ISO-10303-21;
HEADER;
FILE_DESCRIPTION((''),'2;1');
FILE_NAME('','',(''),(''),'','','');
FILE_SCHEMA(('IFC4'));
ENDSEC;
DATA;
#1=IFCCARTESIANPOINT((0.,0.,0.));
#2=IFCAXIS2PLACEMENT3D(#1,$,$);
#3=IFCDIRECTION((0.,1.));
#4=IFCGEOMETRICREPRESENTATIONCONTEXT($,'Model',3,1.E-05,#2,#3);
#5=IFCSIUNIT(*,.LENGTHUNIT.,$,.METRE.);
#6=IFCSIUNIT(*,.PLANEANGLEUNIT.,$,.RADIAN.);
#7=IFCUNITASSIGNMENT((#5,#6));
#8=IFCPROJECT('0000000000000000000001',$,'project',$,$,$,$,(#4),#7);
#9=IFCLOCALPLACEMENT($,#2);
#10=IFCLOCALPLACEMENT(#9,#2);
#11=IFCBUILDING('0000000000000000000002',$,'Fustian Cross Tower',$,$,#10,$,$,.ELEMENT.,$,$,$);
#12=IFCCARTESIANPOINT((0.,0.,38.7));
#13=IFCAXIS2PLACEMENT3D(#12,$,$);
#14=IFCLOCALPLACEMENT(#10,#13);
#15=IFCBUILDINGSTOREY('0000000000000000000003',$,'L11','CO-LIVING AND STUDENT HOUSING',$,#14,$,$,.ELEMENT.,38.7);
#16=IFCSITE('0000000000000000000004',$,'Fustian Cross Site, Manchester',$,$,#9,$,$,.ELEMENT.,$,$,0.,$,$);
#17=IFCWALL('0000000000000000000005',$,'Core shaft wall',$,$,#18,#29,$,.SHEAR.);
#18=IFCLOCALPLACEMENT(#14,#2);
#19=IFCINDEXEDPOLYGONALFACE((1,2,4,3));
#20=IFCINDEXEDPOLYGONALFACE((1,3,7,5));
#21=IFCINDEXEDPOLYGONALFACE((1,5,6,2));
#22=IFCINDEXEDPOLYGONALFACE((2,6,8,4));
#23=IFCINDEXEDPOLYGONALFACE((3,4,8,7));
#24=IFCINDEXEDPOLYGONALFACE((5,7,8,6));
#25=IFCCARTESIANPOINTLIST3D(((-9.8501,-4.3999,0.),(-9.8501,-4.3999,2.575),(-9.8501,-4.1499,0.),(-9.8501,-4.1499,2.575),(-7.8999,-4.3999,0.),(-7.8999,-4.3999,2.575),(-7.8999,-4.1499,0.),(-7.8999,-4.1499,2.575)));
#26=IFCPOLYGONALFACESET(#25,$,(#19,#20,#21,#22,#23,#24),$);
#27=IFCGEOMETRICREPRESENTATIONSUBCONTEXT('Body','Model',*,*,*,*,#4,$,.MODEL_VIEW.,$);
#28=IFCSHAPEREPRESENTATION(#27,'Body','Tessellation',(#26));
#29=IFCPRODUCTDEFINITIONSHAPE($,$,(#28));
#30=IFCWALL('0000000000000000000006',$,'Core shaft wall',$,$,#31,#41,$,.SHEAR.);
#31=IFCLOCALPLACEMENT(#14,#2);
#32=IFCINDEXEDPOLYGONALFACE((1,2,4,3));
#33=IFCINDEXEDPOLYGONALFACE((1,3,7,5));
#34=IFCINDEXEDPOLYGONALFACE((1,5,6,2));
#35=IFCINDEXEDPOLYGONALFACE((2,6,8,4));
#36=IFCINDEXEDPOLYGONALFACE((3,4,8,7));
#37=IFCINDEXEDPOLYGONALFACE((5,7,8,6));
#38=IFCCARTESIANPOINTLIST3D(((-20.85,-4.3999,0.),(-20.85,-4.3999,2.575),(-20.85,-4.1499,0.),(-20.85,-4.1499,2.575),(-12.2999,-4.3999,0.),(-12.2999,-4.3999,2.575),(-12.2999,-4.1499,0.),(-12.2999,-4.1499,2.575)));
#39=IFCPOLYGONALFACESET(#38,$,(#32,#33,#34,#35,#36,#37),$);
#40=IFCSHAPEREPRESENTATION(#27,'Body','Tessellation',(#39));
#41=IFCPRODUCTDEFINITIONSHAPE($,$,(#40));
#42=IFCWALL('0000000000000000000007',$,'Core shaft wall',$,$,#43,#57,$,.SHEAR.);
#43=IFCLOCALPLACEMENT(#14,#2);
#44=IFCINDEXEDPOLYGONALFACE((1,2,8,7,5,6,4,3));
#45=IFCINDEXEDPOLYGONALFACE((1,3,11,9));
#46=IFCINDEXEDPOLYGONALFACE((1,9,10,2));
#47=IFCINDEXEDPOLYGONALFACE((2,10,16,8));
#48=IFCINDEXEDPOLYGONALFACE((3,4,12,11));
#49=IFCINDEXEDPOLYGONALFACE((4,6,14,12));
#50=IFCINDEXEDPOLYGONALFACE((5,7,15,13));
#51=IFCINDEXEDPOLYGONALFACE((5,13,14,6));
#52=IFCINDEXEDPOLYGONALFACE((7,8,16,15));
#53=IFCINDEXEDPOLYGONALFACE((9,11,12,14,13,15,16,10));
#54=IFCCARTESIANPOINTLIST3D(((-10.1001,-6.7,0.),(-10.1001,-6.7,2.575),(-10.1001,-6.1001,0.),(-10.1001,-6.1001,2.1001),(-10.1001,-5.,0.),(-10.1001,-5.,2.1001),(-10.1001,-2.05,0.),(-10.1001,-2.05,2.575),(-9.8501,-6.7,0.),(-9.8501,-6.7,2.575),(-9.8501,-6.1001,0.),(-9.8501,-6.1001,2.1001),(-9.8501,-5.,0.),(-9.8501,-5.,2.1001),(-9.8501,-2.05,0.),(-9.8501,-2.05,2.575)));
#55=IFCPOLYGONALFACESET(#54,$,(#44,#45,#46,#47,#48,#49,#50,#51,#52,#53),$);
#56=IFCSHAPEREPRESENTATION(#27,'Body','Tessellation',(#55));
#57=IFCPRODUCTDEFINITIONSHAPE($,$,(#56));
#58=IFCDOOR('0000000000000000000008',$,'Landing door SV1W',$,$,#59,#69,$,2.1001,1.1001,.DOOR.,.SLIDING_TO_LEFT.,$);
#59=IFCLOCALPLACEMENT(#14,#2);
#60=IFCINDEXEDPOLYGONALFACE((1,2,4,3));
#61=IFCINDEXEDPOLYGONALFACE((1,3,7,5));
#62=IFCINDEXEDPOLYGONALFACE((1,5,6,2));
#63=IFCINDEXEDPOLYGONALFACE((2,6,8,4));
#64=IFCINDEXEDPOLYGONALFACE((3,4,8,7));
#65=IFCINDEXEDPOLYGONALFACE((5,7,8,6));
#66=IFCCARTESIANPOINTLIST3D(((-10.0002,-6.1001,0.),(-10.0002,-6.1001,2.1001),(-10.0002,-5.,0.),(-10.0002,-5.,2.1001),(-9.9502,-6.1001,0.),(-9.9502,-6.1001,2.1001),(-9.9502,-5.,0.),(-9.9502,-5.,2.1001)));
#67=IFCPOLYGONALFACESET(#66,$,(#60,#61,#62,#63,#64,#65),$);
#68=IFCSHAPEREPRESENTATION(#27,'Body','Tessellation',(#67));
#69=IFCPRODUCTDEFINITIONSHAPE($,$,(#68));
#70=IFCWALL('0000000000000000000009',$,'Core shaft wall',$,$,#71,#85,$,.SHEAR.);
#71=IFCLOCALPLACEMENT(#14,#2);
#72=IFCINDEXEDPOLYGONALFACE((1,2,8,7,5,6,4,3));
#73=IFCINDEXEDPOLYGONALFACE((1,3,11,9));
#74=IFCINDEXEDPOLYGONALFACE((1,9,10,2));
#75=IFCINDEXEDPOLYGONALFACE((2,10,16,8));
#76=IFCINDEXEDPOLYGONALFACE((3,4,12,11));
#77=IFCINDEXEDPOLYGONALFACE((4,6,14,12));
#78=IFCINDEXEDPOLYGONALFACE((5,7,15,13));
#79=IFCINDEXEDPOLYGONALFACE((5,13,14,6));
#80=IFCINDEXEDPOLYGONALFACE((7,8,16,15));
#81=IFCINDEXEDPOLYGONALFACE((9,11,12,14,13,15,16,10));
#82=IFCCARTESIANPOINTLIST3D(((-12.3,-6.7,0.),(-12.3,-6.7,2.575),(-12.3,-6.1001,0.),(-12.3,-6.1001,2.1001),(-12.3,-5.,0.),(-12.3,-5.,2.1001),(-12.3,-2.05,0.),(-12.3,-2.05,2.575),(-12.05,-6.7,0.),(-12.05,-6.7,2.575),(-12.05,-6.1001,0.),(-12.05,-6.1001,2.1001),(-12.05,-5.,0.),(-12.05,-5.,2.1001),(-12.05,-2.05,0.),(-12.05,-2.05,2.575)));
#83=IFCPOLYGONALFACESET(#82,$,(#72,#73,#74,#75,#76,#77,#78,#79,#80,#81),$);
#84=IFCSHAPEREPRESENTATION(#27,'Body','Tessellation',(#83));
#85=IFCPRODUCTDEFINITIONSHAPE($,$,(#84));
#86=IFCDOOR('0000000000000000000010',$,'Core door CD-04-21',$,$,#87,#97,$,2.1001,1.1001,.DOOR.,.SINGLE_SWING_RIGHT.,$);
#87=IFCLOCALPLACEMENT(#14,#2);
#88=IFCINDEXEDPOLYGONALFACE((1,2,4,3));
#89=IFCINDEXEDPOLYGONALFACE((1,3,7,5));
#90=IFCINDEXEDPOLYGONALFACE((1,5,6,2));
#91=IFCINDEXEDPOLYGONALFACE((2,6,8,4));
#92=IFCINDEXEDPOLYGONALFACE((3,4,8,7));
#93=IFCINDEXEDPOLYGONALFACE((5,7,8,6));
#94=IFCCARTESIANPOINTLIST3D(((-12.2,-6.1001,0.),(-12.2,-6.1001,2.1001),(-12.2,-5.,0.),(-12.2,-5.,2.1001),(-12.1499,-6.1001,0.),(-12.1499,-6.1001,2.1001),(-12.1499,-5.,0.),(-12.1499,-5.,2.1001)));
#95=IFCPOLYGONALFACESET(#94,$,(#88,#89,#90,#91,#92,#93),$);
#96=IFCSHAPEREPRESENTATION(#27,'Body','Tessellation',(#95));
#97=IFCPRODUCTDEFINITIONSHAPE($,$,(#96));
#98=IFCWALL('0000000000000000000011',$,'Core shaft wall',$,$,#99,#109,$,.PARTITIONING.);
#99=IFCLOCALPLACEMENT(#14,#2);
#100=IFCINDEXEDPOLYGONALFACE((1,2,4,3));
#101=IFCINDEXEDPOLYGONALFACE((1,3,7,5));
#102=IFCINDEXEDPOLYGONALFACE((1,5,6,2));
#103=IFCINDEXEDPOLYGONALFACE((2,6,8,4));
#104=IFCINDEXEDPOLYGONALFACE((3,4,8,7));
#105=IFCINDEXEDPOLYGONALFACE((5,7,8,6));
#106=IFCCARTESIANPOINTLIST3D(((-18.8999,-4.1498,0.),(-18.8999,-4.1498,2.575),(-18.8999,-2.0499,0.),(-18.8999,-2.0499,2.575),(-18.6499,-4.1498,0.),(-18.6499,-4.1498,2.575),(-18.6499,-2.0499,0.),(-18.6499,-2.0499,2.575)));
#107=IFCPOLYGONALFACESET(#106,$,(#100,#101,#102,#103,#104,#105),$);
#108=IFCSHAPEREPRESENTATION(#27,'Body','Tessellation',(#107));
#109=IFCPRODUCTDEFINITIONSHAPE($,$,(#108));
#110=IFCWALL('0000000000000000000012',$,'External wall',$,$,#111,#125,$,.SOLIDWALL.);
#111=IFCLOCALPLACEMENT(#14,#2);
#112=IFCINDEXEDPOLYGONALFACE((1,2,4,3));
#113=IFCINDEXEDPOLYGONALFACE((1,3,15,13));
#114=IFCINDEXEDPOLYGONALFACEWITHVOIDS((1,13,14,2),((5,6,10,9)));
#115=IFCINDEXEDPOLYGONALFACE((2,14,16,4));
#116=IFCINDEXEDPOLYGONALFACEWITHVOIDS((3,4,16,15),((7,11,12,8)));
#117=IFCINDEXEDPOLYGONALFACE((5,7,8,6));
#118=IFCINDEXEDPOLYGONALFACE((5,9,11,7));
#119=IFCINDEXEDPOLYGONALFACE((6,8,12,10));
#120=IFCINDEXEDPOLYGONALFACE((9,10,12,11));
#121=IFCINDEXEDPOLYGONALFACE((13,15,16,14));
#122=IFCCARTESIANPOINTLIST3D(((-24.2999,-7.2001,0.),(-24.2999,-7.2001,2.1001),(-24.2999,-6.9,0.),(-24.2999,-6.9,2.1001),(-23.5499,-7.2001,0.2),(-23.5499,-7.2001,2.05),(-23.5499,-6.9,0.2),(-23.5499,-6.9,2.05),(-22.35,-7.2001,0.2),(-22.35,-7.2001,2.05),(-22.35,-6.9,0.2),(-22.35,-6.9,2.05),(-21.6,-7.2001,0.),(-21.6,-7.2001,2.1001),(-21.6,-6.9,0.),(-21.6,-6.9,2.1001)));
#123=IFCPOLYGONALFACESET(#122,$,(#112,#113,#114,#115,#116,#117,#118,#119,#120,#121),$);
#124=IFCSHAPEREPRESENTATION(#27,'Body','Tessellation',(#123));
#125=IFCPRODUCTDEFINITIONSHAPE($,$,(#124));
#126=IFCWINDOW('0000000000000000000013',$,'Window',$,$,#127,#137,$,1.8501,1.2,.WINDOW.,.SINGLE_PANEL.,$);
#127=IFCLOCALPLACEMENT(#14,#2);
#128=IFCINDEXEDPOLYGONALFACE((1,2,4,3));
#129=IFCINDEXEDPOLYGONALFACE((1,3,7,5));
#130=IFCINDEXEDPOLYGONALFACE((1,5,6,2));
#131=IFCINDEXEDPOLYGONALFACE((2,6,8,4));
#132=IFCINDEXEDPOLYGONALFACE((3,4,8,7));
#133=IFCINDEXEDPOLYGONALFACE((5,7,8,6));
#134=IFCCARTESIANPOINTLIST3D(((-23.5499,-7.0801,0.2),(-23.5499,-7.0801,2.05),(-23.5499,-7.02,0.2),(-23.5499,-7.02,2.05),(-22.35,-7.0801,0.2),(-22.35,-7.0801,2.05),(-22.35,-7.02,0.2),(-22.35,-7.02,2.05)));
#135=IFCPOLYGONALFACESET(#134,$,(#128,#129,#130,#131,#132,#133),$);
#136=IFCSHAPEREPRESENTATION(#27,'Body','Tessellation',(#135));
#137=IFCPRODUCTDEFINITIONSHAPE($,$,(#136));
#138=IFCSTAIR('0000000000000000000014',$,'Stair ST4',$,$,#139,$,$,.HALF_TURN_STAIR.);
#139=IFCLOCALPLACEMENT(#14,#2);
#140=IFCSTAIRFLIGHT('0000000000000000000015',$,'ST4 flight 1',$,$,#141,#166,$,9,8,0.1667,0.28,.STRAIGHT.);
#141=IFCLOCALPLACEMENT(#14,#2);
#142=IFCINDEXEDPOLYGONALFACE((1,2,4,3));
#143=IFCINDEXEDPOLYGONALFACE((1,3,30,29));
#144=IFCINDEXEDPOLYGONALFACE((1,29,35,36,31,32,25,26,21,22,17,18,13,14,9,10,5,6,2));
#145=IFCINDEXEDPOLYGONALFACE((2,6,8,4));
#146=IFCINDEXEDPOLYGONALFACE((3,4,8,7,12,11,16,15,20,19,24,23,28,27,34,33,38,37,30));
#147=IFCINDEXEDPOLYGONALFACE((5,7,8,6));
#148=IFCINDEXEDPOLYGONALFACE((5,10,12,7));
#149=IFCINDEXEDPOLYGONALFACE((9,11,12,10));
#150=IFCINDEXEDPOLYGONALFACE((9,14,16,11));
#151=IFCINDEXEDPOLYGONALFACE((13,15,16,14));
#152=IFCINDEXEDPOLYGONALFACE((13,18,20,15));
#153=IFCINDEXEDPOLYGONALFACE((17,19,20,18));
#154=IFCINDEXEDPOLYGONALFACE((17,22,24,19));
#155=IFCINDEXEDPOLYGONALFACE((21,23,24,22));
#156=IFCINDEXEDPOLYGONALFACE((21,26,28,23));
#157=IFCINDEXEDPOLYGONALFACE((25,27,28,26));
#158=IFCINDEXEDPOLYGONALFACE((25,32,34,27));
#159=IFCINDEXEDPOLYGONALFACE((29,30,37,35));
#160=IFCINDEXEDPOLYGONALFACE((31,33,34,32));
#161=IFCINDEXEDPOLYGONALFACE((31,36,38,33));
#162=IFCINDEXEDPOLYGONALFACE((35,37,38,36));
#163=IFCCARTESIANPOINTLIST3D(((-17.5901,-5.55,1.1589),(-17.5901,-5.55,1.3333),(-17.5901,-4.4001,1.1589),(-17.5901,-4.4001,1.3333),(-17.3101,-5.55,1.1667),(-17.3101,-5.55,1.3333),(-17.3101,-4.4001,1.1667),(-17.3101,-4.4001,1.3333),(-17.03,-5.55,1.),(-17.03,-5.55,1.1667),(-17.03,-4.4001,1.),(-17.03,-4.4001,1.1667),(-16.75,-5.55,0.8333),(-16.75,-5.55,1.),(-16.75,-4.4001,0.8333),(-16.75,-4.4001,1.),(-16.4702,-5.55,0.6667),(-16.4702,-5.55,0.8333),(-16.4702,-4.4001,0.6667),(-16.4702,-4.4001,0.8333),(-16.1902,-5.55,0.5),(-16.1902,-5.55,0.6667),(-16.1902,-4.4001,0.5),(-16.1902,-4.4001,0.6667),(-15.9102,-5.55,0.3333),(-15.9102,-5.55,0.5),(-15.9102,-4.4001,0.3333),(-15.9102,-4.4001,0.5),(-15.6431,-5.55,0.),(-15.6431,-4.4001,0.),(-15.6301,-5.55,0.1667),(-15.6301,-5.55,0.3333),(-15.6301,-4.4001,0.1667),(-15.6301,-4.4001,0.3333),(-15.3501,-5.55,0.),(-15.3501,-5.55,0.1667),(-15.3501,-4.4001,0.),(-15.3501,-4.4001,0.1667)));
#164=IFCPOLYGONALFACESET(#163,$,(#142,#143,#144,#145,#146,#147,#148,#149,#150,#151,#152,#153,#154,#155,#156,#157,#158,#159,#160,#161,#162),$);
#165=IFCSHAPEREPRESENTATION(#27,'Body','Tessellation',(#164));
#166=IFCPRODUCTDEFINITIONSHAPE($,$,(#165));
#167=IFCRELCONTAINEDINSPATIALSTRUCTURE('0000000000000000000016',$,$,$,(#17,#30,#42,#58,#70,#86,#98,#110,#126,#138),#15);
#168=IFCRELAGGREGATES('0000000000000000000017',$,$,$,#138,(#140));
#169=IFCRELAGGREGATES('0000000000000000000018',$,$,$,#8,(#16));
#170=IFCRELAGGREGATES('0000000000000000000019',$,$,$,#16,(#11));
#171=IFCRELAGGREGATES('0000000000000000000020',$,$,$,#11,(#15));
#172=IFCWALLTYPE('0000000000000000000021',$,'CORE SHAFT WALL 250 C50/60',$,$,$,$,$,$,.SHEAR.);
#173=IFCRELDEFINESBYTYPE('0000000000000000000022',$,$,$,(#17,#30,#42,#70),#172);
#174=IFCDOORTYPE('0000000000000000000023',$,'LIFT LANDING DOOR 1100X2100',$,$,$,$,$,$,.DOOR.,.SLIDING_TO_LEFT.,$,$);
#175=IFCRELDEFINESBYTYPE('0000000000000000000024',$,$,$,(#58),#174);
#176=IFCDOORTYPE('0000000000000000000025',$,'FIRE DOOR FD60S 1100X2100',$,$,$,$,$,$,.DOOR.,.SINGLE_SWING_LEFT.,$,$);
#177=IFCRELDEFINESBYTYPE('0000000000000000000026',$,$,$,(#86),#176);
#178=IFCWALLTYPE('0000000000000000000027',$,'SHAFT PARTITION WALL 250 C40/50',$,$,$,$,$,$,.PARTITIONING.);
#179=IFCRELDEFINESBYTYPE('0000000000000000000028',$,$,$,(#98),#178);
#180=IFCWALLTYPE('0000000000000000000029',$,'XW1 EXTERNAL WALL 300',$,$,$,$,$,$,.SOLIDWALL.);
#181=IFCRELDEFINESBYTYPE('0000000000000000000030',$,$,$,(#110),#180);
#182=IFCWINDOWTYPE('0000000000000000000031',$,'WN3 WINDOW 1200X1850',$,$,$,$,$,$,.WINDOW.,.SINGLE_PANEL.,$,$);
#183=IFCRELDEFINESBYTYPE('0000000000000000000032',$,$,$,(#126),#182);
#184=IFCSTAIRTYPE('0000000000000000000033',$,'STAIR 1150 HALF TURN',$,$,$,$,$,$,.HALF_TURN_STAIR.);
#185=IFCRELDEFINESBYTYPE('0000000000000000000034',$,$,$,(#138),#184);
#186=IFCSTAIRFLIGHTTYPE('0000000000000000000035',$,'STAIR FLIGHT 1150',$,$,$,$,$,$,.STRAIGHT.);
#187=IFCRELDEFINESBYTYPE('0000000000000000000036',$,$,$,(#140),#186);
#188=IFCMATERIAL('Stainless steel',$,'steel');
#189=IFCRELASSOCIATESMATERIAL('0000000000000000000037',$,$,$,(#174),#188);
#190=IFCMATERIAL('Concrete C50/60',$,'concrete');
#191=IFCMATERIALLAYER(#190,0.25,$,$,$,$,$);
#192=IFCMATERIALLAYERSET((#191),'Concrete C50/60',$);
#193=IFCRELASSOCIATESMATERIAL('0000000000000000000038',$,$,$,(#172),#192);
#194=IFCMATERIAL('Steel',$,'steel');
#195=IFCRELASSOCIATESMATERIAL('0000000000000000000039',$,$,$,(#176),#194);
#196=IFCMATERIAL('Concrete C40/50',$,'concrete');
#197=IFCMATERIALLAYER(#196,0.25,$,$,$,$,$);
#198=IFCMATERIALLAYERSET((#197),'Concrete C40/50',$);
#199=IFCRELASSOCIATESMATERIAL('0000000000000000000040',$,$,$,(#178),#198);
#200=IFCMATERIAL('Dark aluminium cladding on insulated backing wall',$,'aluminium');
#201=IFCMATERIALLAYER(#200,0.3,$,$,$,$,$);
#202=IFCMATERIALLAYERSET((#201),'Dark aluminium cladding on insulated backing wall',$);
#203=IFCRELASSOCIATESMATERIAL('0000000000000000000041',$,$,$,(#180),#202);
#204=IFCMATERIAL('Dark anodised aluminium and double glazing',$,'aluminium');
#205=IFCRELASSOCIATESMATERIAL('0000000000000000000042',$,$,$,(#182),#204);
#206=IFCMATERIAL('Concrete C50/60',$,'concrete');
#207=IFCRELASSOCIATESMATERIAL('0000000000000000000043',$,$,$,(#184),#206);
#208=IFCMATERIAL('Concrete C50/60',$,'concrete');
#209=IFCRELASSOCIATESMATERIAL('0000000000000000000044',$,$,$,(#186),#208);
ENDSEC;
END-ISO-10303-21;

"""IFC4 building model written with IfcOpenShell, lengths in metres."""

from ifc_helpers import new_model, si_unit, direction, frame, frame_2d, origin, place, context, subcontext, project, spatial, polyline, rectangle, outline, extrude, material, layer, layer_set, type_object, element, fill, aggregate, save


model = new_model("IFC4")

# Units and contexts
model_context = context("Model", 3, precision=1e-05, world=origin(), true_north=direction((0.0, 1.0)))
body_context = subcontext(model_context, "Body", "Model", "MODEL_VIEW")
ifc_project = project(units=[si_unit("LENGTHUNIT", "METRE"), si_unit("PLANEANGLEUNIT", "RADIAN")], contexts=[model_context])

# Site, building, storey
site_placement = place(None, origin())
site = spatial("IfcSite", under=ifc_project, at=site_placement, Name="Fustian Cross Site, Manchester", CompositionType="ELEMENT", RefElevation=0.0)
building_placement = place(site_placement, origin())
building = spatial("IfcBuilding", under=site, at=building_placement, Name="Fustian Cross Tower", CompositionType="ELEMENT")
storey_placement = place(building_placement, frame((0.0, 0.0, 38.7)))
storey = spatial("IfcBuildingStorey", under=building, at=storey_placement, Name="L11", Description="CO-LIVING AND STUDENT HOUSING", CompositionType="ELEMENT", Elevation=38.7)

# Shared definitions
ifc_material_1 = material(Name="Stainless steel", Category="steel")
door_type_1 = type_object("IfcDoorType", Name="LIFT LANDING DOOR 1100X2100", OperationType="SLIDING_TO_LEFT", PredefinedType="DOOR", material=ifc_material_1)

# Walls
ifc_material_2 = material(Name="Concrete C50/60", Category="concrete")
ifc_layer_1 = layer(ifc_material_2, 0.25)
ifc_layer_set_1 = layer_set([ifc_layer_1], Name="Concrete C50/60")
wall_type_1 = type_object("IfcWallType", Name="CORE SHAFT WALL 250 C50/60", PredefinedType="SHEAR", material=ifc_layer_set_1)
wall_1_placement = place(storey_placement, frame((-7.8999, -4.2749, 0.0), z_axis=(0.0, 0.0, 1.0), x_axis=(-1.0, 0.0, 0.0)))
element("IfcWall", 1, at=wall_1_placement, inside=storey, type_object=wall_type_1, Name="Core shaft wall", PredefinedType="SHEAR", context=body_context, shape_type="SweptSolid", body=[
    extrude(rectangle(XDim=1.9502, YDim=0.25, at=frame_2d((0.9751, 0.0))), origin(), (0.0, 0.0, 1.0), 2.575),
])
wall_2_placement = place(storey_placement, frame((-12.3, -4.2749, 0.0), z_axis=(0.0, 0.0, 1.0), x_axis=(-1.0, 0.0, 0.0)))
element("IfcWall", 2, at=wall_2_placement, inside=storey, type_object=wall_type_1, Name="Core shaft wall", PredefinedType="SHEAR", context=body_context, shape_type="SweptSolid", body=[
    extrude(rectangle(XDim=8.55, YDim=0.25, at=frame_2d((4.2749, 0.0))), origin(), (0.0, 0.0, 1.0), 2.575),
])

# Walls, openings, doors
wall_3_placement = place(storey_placement, frame((-9.9751, -2.05, 0.0), z_axis=(0.0, 0.0, 1.0), x_axis=(0.0, -1.0, 0.0)))
wall_3 = element("IfcWall", 3, at=wall_3_placement, inside=storey, type_object=wall_type_1, Name="Core shaft wall", PredefinedType="SHEAR", context=body_context, shape_type="SweptSolid", body=[
    extrude(rectangle(XDim=4.6499, YDim=0.25, at=frame_2d((2.325, 0.0))), origin(), (0.0, 0.0, 1.0), 2.575),
])
opening_1_placement = place(wall_3_placement, frame((2.95, 0.0, 0.0)))
opening_1 = element("IfcOpeningElement", 4, at=opening_1_placement, cuts=wall_3, PredefinedType="OPENING", context=body_context, shape_type="SweptSolid", body=[
    extrude(rectangle(XDim=1.1001, YDim=2.1001, at=frame_2d((0.55, 1.05))), frame((0.0, 0.135, 0.0), z_axis=(0.0, -1.0, 0.0), x_axis=(1.0, 0.0, 0.0)), (0.0, 0.0, 1.0), 0.27),
])
door_1_placement = place(opening_1_placement, origin())
door_1 = element("IfcDoor", 5, at=door_1_placement, inside=storey, type_object=door_type_1, Name="Landing door SV1W", OperationType="SLIDING_TO_LEFT", OverallHeight=2.1001, OverallWidth=1.1001, PredefinedType="DOOR", context=body_context, shape_type="SweptSolid", body=[
    extrude(rectangle(XDim=1.1001, YDim=2.1001, at=frame_2d((0.55, 1.05))), frame((0.0, 0.0249, 0.0), z_axis=(0.0, -1.0, 0.0), x_axis=(1.0, 0.0, 0.0)), (0.0, 0.0, 1.0), 0.05),
])
fill(opening_1, door_1)
wall_4_placement = place(storey_placement, frame((-12.175, -2.05, 0.0), z_axis=(0.0, 0.0, 1.0), x_axis=(0.0, -1.0, 0.0)))
wall_4 = element("IfcWall", 6, at=wall_4_placement, inside=storey, type_object=wall_type_1, Name="Core shaft wall", PredefinedType="SHEAR", context=body_context, shape_type="SweptSolid", body=[
    extrude(rectangle(XDim=4.6499, YDim=0.25, at=frame_2d((2.325, 0.0))), origin(), (0.0, 0.0, 1.0), 2.575),
])
opening_2_placement = place(wall_4_placement, frame((2.95, 0.0, 0.0)))
opening_2 = element("IfcOpeningElement", 7, at=opening_2_placement, cuts=wall_4, PredefinedType="OPENING", context=body_context, shape_type="SweptSolid", body=[
    extrude(rectangle(XDim=1.1001, YDim=2.1001, at=frame_2d((0.55, 1.05))), frame((0.0, 0.135, 0.0), z_axis=(0.0, -1.0, 0.0), x_axis=(1.0, 0.0, 0.0)), (0.0, 0.0, 1.0), 0.27),
])
ifc_material_3 = material(Name="Steel", Category="steel")
door_type_2 = type_object("IfcDoorType", Name="FIRE DOOR FD60S 1100X2100", OperationType="SINGLE_SWING_LEFT", PredefinedType="DOOR", material=ifc_material_3)
door_2_placement = place(opening_2_placement, frame((1.1001, 0.0, 0.0), z_axis=(0.0, 0.0, 1.0), x_axis=(-1.0, 0.0, 0.0)))
door_2 = element("IfcDoor", 8, at=door_2_placement, inside=storey, type_object=door_type_2, Name="Core door CD-04-21", OperationType="SINGLE_SWING_RIGHT", OverallHeight=2.1001, OverallWidth=1.1001, PredefinedType="DOOR", context=body_context, shape_type="SweptSolid", body=[
    extrude(rectangle(XDim=1.1001, YDim=2.1001, at=frame_2d((0.55, 1.05))), frame((0.0, 0.0249, 0.0), z_axis=(0.0, -1.0, 0.0), x_axis=(1.0, 0.0, 0.0)), (0.0, 0.0, 1.0), 0.05),
])
fill(opening_2, door_2)

# Wall
ifc_material_4 = material(Name="Concrete C40/50", Category="concrete")
ifc_layer_2 = layer(ifc_material_4, 0.25)
ifc_layer_set_2 = layer_set([ifc_layer_2], Name="Concrete C40/50")
wall_type_2 = type_object("IfcWallType", Name="SHAFT PARTITION WALL 250 C40/50", PredefinedType="PARTITIONING", material=ifc_layer_set_2)
wall_5_placement = place(storey_placement, frame((-18.7749, -2.05, 0.0), z_axis=(0.0, 0.0, 1.0), x_axis=(0.0, -1.0, 0.0)))
element("IfcWall", 9, at=wall_5_placement, inside=storey, type_object=wall_type_2, Name="Core shaft wall", PredefinedType="PARTITIONING", context=body_context, shape_type="SweptSolid", body=[
    extrude(rectangle(XDim=2.0999, YDim=0.25, at=frame_2d((1.0498, 0.0))), origin(), (0.0, 0.0, 1.0), 2.575),
])

# Wall, opening, window
ifc_material_5 = material(Name="Dark aluminium cladding on insulated backing wall", Category="aluminium")
ifc_layer_3 = layer(ifc_material_5, 0.3)
ifc_layer_set_3 = layer_set([ifc_layer_3], Name="Dark aluminium cladding on insulated backing wall")
wall_type_3 = type_object("IfcWallType", Name="XW1 EXTERNAL WALL 300", PredefinedType="SOLIDWALL", material=ifc_layer_set_3)
wall_6_placement = place(storey_placement, frame((-24.3, -7.05, 0.0), z_axis=(0.0, 0.0, 1.0), x_axis=(1.0, 0.0, 0.0)))
wall_6 = element("IfcWall", 10, at=wall_6_placement, inside=storey, type_object=wall_type_3, Name="External wall", PredefinedType="SOLIDWALL", context=body_context, shape_type="SweptSolid", body=[
    extrude(rectangle(XDim=2.7, YDim=0.3, at=frame_2d((1.3501, 0.0))), origin(), (0.0, 0.0, 1.0), 2.1001),
])
opening_3_placement = place(wall_6_placement, frame((0.75, 0.0, 0.2)))
opening_3 = element("IfcOpeningElement", 11, at=opening_3_placement, cuts=wall_6, PredefinedType="OPENING", context=body_context, shape_type="SweptSolid", body=[
    extrude(rectangle(XDim=1.2, YDim=1.8501, at=frame_2d((0.6001, 0.925))), frame((0.0, 0.1599, 0.0), z_axis=(0.0, -1.0, 0.0), x_axis=(1.0, 0.0, 0.0)), (0.0, 0.0, 1.0), 0.3201),
])
ifc_material_6 = material(Name="Dark anodised aluminium and double glazing", Category="aluminium")
window_type = type_object("IfcWindowType", Name="WN3 WINDOW 1200X1850", PartitioningType="SINGLE_PANEL", PredefinedType="WINDOW", material=ifc_material_6)
window_placement = place(opening_3_placement, origin())
window = element("IfcWindow", 12, at=window_placement, inside=storey, type_object=window_type, Name="Window", OverallHeight=1.8501, OverallWidth=1.2, PartitioningType="SINGLE_PANEL", PredefinedType="WINDOW", context=body_context, shape_type="SweptSolid", body=[
    extrude(rectangle(XDim=1.2, YDim=1.8501, at=frame_2d((0.6001, 0.925))), frame((0.0, 0.03, 0.0), z_axis=(0.0, -1.0, 0.0), x_axis=(1.0, 0.0, 0.0)), (0.0, 0.0, 1.0), 0.0601),
])
fill(opening_3, window)

# Stair, stair flight
ifc_material_7 = material(Name="Concrete C50/60", Category="concrete")
stair_type = type_object("IfcStairType", Name="STAIR 1150 HALF TURN", PredefinedType="HALF_TURN_STAIR", material=ifc_material_7)
stair_placement = place(storey_placement, origin())
stair = element("IfcStair", 13, at=stair_placement, inside=storey, type_object=stair_type, Name="Stair ST4", PredefinedType="HALF_TURN_STAIR")
ifc_material_8 = material(Name="Concrete C50/60", Category="concrete")
stair_flight_type = type_object("IfcStairFlightType", Name="STAIR FLIGHT 1150", PredefinedType="STRAIGHT", material=ifc_material_8)
stair_flight_1_placement = place(storey_placement, frame((-15.3501, -4.9751, 0.0), z_axis=(0.0, 0.0, 1.0), x_axis=(-1.0, 0.0, 0.0)))
stair_flight_1 = element("IfcStairFlight", 14, at=stair_flight_1_placement, type_object=stair_flight_type, Name="ST4 flight 1", NumberOfRisers=9, NumberOfTreads=8, PredefinedType="STRAIGHT", RiserHeight=0.1667, TreadLength=0.28, context=body_context, shape_type="SweptSolid", body=[
    extrude(outline(polyline([(0.0, 0.0), (0.0, 0.1667), (0.28, 0.1667), (0.28, 0.3333), (0.5601, 0.3333), (0.5601, 0.5), (0.8401, 0.5), (0.8401, 0.6667), (1.1201, 0.6667), (1.1201, 0.8333), (1.3999, 0.8333), (1.3999, 1.0), (1.6799, 1.0), (1.6799, 1.1667), (1.96, 1.1667), (1.96, 1.3333), (2.24, 1.3333), (2.24, 1.5), (2.24, 1.1589), (0.293, 0.0), (0.0, 0.0)])), frame((0.0, 0.575, 0.0), z_axis=(0.0, -1.0, 0.0), x_axis=(1.0, 0.0, 0.0)), (0.0, 0.0, 1.0), 1.1499),
])
aggregate(stair, [stair_flight_1])

save(model, "model.ifc")
